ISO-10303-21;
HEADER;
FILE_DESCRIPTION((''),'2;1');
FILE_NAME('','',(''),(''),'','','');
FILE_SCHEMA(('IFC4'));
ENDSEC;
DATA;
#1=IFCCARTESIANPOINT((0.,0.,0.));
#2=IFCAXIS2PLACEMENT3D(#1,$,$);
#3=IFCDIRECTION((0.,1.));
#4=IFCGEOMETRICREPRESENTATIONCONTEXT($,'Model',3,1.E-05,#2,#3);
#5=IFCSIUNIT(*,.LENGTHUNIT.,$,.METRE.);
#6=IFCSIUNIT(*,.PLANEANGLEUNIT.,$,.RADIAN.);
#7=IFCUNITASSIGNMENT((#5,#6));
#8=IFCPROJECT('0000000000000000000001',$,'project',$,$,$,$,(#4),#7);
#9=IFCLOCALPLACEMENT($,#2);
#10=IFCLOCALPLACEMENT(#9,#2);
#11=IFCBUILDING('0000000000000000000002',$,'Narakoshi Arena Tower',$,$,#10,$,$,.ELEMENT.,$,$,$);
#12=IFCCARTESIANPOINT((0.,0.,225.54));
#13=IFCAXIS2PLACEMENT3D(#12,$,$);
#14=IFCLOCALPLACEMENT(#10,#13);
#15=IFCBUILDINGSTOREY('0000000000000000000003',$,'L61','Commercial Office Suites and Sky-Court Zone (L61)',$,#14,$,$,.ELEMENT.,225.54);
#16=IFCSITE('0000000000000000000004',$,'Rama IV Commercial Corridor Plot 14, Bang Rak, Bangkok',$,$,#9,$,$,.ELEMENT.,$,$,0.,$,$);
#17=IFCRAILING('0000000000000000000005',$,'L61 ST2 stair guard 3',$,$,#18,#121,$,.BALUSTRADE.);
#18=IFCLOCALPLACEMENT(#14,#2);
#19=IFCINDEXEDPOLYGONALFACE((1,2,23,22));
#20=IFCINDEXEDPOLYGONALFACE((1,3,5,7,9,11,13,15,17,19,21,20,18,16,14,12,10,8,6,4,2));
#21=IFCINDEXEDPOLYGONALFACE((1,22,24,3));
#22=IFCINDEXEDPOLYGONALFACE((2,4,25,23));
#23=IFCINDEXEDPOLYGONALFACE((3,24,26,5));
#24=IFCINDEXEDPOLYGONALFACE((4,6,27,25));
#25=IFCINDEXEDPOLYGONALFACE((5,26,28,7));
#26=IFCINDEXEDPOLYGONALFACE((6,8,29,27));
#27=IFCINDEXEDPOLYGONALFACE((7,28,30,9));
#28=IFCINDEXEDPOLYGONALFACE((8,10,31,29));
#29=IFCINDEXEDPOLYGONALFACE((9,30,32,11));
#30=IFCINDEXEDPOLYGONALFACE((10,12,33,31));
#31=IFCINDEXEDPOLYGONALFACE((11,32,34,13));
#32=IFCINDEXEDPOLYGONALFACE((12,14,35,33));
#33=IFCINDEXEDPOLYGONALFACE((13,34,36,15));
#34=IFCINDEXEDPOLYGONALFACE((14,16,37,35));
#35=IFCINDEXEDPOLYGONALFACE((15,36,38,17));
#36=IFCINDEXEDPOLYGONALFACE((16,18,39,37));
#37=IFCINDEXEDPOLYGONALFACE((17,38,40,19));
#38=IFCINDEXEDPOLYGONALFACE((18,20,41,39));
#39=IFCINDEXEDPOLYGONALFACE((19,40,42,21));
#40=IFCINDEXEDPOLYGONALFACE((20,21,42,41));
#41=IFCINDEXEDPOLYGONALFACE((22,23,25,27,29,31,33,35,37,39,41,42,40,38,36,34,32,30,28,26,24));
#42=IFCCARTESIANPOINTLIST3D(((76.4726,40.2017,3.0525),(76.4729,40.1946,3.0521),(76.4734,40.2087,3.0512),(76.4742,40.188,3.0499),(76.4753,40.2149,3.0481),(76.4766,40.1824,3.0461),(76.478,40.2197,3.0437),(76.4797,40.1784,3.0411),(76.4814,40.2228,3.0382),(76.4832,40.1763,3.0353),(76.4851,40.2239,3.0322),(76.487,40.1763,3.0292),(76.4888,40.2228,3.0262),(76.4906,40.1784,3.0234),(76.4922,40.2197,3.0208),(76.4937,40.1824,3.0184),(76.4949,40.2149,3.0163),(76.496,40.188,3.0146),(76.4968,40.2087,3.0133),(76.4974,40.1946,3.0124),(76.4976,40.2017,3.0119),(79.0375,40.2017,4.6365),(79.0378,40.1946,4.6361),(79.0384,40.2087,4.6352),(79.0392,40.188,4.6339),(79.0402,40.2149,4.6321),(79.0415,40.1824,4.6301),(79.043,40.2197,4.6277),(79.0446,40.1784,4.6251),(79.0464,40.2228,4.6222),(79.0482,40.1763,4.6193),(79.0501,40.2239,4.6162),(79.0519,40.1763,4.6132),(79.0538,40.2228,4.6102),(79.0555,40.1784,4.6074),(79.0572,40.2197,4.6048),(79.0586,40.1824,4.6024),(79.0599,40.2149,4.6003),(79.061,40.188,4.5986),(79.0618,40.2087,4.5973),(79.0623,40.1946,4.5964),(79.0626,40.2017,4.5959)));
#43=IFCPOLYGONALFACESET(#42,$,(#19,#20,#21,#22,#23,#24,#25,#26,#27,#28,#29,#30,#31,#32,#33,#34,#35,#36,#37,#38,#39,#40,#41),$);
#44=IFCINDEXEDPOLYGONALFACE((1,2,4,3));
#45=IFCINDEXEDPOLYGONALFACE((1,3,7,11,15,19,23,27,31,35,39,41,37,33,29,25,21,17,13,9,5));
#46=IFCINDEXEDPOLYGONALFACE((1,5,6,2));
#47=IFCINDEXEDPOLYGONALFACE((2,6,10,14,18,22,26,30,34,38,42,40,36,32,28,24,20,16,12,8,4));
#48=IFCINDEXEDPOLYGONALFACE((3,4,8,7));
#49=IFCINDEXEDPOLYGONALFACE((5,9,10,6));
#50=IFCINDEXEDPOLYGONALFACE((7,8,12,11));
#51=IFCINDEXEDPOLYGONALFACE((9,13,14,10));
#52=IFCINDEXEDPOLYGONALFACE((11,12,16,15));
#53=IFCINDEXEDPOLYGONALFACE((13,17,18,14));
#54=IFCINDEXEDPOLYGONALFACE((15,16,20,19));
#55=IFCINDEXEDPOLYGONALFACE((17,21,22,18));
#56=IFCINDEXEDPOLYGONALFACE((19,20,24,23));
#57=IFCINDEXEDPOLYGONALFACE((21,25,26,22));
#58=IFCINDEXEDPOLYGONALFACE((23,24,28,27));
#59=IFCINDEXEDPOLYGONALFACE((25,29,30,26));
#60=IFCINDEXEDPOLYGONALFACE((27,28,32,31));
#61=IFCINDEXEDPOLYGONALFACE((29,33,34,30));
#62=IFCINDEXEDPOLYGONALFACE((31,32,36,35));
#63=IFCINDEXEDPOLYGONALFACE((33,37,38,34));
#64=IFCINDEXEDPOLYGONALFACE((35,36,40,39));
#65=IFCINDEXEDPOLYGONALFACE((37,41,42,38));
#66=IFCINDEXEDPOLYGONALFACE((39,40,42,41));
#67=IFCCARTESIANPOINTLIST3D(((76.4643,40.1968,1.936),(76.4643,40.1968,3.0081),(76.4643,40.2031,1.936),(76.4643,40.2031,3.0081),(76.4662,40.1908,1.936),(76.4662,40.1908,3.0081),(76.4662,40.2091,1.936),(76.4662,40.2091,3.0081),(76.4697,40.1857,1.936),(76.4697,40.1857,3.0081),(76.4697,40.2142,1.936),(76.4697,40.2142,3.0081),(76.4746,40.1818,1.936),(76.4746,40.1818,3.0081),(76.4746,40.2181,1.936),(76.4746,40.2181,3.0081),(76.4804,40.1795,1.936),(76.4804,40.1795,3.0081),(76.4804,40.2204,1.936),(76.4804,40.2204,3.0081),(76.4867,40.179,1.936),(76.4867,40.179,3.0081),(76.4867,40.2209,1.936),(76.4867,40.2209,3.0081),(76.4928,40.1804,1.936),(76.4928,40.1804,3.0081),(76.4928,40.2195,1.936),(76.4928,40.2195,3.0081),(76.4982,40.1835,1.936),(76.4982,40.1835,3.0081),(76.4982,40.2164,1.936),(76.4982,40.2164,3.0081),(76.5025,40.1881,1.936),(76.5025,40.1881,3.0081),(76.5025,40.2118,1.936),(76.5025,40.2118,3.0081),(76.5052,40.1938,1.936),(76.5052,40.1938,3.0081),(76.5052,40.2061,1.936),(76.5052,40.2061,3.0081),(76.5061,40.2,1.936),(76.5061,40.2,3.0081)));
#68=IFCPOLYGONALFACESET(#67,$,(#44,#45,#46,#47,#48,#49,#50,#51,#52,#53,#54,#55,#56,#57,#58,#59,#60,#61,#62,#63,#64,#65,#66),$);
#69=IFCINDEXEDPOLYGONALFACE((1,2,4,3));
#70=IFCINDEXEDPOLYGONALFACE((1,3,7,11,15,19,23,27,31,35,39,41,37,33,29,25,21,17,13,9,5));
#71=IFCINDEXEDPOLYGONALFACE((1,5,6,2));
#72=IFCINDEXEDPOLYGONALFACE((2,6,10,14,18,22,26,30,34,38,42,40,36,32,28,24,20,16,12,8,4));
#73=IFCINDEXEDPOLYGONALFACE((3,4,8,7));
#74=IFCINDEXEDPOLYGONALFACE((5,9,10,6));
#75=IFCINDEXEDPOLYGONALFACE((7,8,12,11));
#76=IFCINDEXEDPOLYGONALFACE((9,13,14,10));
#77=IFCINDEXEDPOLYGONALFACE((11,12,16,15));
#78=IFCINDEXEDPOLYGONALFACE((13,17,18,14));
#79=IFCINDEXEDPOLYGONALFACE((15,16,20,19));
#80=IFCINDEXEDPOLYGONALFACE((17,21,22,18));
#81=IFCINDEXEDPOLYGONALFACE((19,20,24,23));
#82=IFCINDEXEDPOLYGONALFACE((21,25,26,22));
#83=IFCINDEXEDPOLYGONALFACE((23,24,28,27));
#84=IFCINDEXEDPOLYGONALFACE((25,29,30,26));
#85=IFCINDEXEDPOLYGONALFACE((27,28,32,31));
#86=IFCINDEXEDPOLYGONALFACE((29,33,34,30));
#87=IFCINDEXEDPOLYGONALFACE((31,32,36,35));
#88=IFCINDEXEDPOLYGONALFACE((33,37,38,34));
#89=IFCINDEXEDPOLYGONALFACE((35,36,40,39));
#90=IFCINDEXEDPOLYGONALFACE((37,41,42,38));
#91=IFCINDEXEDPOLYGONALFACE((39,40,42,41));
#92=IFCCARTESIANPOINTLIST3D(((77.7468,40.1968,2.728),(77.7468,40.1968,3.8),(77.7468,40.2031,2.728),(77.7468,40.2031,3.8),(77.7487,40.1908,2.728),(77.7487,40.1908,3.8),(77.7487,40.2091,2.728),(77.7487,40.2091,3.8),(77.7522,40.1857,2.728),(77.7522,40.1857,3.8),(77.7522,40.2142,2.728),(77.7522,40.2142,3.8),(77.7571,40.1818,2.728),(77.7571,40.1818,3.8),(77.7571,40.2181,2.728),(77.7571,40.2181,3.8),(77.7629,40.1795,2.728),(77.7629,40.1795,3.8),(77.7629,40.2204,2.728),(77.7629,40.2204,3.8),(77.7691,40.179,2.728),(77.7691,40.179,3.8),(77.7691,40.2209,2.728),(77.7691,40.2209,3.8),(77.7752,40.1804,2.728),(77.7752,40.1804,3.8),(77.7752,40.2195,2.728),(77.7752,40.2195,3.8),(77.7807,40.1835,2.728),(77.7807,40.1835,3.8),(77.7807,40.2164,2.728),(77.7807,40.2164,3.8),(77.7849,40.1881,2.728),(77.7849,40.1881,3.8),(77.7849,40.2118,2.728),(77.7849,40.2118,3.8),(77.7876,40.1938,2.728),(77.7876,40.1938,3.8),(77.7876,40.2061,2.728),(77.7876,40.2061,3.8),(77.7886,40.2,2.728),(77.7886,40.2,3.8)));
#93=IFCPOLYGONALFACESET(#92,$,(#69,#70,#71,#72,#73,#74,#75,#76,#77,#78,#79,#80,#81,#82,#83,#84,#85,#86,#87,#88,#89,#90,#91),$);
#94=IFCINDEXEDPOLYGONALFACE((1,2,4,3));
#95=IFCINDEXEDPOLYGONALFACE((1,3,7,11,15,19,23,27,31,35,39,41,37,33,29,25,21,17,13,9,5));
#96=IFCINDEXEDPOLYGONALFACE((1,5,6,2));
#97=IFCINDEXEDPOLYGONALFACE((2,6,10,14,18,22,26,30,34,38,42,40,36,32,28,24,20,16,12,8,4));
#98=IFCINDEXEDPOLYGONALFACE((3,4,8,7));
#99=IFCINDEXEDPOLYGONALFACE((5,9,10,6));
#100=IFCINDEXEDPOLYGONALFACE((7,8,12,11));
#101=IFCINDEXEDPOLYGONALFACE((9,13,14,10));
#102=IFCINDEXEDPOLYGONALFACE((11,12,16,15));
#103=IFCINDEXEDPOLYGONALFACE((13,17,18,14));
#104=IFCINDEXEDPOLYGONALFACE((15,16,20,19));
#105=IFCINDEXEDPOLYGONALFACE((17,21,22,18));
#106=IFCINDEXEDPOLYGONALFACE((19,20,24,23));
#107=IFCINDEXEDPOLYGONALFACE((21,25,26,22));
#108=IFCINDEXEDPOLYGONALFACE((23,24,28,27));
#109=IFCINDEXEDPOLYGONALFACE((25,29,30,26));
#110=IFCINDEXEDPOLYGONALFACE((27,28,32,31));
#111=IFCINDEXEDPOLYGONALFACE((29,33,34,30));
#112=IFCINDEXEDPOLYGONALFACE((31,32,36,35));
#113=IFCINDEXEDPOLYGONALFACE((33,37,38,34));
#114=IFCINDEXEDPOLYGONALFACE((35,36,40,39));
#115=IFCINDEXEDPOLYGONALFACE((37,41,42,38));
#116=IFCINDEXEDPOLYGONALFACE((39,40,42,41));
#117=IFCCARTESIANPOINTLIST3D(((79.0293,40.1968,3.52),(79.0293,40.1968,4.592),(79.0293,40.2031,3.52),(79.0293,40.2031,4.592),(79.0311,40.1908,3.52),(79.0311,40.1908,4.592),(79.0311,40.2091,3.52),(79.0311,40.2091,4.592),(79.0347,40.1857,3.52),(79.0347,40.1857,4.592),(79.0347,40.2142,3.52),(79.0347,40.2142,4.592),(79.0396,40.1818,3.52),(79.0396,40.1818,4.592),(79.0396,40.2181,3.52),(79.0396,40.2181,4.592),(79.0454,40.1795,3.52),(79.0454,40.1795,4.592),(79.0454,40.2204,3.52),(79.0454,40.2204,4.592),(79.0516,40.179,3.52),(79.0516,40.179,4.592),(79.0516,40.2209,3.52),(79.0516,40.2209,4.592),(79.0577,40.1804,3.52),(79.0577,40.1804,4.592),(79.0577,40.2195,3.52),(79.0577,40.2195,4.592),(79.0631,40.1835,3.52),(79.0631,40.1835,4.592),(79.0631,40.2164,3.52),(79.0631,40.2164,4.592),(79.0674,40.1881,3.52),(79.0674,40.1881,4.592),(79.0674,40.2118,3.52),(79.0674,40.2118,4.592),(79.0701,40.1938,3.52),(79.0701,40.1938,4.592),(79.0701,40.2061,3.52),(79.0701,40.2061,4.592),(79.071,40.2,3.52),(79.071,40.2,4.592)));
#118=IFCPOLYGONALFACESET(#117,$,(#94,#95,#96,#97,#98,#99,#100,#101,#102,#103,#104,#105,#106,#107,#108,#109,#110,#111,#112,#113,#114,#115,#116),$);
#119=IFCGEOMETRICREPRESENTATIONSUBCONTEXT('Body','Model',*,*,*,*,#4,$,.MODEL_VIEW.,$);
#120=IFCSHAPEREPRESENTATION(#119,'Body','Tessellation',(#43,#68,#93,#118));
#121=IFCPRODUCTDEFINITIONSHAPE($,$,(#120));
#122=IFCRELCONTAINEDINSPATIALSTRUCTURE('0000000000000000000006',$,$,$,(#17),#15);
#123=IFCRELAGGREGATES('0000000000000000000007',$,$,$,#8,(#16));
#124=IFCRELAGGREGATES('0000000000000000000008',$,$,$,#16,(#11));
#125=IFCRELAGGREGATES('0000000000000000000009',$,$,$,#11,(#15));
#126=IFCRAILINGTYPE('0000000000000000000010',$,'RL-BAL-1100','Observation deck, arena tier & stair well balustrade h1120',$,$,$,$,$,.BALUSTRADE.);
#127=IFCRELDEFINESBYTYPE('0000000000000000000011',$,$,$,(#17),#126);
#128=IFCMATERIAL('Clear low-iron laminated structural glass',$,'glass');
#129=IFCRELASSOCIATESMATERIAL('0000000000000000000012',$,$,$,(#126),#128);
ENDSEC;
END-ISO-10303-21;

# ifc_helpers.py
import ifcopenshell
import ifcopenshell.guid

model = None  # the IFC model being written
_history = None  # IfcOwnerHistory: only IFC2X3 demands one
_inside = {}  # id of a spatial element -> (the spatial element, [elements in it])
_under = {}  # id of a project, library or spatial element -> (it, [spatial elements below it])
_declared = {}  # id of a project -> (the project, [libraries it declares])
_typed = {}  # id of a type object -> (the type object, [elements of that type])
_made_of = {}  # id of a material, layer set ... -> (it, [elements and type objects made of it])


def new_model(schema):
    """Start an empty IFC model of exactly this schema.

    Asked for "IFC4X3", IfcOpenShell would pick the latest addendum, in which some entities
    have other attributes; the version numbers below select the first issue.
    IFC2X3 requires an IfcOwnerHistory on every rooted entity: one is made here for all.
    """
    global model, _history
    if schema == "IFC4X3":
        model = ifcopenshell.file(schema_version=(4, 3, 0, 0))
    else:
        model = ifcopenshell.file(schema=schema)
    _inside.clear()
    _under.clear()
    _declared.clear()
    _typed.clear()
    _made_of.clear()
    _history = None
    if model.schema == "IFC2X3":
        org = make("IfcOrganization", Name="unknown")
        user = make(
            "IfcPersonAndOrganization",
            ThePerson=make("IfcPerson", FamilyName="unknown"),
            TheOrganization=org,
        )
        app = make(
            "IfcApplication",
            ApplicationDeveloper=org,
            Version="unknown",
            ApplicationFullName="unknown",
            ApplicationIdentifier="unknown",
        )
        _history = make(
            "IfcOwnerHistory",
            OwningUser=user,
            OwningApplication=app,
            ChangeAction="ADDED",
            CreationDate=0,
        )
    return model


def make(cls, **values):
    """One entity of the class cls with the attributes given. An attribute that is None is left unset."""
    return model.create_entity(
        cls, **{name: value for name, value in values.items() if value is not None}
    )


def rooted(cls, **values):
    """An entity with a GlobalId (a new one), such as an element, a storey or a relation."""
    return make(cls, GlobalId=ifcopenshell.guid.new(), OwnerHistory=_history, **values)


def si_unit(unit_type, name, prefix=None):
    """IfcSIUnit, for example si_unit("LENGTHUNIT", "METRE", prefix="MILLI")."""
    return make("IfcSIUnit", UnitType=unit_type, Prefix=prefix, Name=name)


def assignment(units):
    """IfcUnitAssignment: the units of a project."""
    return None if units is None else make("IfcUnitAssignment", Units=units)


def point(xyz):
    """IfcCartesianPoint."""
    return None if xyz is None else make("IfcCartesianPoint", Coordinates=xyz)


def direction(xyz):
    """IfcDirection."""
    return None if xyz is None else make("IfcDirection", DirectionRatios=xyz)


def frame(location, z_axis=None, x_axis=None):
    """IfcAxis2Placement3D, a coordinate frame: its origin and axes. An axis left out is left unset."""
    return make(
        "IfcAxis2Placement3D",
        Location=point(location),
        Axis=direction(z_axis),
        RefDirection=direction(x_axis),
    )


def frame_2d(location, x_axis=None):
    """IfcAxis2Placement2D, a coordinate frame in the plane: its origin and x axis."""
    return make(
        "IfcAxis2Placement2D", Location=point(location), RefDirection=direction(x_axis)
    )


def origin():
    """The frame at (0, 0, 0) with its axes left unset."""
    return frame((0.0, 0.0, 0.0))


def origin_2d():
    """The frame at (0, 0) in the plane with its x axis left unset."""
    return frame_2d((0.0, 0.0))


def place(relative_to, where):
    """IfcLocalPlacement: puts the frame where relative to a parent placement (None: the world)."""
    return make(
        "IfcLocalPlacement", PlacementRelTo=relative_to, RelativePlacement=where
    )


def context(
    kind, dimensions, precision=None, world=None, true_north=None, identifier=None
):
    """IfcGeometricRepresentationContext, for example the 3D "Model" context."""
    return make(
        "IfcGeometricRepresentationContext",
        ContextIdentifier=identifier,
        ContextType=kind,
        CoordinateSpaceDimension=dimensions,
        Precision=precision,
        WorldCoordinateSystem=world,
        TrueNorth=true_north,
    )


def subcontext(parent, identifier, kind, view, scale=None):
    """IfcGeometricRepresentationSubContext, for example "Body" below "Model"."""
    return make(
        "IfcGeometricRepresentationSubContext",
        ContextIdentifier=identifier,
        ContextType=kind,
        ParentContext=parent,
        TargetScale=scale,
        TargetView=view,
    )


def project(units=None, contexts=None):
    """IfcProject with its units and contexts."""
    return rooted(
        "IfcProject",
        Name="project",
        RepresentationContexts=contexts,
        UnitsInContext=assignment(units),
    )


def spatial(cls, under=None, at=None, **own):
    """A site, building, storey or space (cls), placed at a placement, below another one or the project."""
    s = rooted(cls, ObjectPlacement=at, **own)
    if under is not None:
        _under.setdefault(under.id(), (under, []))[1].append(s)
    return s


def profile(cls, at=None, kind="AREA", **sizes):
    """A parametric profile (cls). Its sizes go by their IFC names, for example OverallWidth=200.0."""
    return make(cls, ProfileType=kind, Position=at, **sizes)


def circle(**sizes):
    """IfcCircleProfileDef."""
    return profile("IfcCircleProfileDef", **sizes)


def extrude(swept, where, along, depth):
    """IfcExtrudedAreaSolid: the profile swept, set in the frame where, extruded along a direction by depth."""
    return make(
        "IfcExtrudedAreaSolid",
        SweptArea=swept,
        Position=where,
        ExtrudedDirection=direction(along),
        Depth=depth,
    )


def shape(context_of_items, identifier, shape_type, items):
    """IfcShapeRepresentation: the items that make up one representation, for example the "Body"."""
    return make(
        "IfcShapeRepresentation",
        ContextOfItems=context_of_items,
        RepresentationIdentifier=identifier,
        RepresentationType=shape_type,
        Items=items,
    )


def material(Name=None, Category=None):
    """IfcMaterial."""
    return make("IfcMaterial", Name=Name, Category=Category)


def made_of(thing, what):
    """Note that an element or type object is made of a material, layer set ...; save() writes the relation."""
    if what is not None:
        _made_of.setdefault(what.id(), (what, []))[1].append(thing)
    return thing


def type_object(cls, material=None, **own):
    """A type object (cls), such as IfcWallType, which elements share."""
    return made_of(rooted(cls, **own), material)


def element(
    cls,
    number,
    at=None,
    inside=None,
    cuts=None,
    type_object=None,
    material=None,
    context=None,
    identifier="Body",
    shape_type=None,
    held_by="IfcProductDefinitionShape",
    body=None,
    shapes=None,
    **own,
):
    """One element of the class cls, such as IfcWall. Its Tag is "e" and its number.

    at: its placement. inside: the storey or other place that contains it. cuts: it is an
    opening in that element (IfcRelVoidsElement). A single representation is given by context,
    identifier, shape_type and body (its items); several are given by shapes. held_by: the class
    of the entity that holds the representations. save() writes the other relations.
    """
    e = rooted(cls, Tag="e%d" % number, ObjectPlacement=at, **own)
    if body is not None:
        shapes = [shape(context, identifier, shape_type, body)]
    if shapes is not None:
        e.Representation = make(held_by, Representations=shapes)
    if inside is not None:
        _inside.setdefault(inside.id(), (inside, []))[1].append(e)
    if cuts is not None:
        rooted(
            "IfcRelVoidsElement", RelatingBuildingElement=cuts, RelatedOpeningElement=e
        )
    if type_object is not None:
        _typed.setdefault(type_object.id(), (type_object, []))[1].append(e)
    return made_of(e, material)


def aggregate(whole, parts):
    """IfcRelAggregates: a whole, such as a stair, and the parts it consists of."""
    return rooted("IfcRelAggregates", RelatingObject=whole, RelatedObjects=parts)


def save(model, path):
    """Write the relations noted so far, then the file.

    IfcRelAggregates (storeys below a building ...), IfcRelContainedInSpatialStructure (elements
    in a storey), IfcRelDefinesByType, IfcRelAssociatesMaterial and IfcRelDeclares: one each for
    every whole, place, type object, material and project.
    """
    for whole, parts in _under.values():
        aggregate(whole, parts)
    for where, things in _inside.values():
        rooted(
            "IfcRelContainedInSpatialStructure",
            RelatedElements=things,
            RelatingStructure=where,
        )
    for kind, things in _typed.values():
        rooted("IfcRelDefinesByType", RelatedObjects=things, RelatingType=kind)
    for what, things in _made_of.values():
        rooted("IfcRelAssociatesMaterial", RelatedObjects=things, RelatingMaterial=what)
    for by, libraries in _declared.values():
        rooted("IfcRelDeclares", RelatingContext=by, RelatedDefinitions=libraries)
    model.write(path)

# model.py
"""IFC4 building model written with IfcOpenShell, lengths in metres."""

from ifc_helpers import new_model, si_unit, direction, frame, origin, origin_2d, place, context, subcontext, project, spatial, circle, extrude, material, type_object, element, save


model = new_model("IFC4")

# Units and contexts
model_context = context("Model", 3, precision=1e-05, world=origin(), true_north=direction((0.0, 1.0)))
body_context = subcontext(model_context, "Body", "Model", "MODEL_VIEW")
ifc_project = project(units=[si_unit("LENGTHUNIT", "METRE"), si_unit("PLANEANGLEUNIT", "RADIAN")], contexts=[model_context])

# Site, building, storey
site_placement = place(None, origin())
site = spatial("IfcSite", under=ifc_project, at=site_placement, Name="Rama IV Commercial Corridor Plot 14, Bang Rak, Bangkok", CompositionType="ELEMENT", RefElevation=0.0)
building_placement = place(site_placement, origin())
building = spatial("IfcBuilding", under=site, at=building_placement, Name="Narakoshi Arena Tower", CompositionType="ELEMENT")
storey_placement = place(building_placement, frame((0.0, 0.0, 225.54)))
storey = spatial("IfcBuildingStorey", under=building, at=storey_placement, Name="L61", Description="Commercial Office Suites and Sky-Court Zone (L61)", CompositionType="ELEMENT", Elevation=225.54)

# Railing
ifc_material_1 = material(Name="Clear low-iron laminated structural glass", Category="glass")
railing_type_1 = type_object("IfcRailingType", Name="RL-BAL-1100", Description="Observation deck, arena tier & stair well balustrade h1120", PredefinedType="BALUSTRADE", material=ifc_material_1)
railing_1_placement = place(storey_placement, frame((76.4851, 40.2, 1.936)))
element("IfcRailing", 1, at=railing_1_placement, inside=storey, type_object=railing_type_1, Name="L61 ST2 stair guard 3", PredefinedType="BALUSTRADE", context=body_context, shape_type="SweptSolid", body=[
    extrude(circle(Radius=0.0239, at=origin_2d()), frame((0.0, 0.0, 1.0962), z_axis=(0.850834, 0.0, 0.525434), x_axis=(0.0, 1.0, 0.0)), (0.0, 0.0, 1.0), 3.0146),
    extrude(circle(Radius=0.021, at=origin_2d()), origin(), (0.0, 0.0, 1.0), 1.072),
    extrude(circle(Radius=0.021, at=origin_2d()), frame((1.2825, 0.0, 0.792)), (0.0, 0.0, 1.0), 1.072),
    extrude(circle(Radius=0.021, at=origin_2d()), frame((2.5649, 0.0, 1.584)), (0.0, 0.0, 1.0), 1.072),
])

save(model, "model.ifc")
